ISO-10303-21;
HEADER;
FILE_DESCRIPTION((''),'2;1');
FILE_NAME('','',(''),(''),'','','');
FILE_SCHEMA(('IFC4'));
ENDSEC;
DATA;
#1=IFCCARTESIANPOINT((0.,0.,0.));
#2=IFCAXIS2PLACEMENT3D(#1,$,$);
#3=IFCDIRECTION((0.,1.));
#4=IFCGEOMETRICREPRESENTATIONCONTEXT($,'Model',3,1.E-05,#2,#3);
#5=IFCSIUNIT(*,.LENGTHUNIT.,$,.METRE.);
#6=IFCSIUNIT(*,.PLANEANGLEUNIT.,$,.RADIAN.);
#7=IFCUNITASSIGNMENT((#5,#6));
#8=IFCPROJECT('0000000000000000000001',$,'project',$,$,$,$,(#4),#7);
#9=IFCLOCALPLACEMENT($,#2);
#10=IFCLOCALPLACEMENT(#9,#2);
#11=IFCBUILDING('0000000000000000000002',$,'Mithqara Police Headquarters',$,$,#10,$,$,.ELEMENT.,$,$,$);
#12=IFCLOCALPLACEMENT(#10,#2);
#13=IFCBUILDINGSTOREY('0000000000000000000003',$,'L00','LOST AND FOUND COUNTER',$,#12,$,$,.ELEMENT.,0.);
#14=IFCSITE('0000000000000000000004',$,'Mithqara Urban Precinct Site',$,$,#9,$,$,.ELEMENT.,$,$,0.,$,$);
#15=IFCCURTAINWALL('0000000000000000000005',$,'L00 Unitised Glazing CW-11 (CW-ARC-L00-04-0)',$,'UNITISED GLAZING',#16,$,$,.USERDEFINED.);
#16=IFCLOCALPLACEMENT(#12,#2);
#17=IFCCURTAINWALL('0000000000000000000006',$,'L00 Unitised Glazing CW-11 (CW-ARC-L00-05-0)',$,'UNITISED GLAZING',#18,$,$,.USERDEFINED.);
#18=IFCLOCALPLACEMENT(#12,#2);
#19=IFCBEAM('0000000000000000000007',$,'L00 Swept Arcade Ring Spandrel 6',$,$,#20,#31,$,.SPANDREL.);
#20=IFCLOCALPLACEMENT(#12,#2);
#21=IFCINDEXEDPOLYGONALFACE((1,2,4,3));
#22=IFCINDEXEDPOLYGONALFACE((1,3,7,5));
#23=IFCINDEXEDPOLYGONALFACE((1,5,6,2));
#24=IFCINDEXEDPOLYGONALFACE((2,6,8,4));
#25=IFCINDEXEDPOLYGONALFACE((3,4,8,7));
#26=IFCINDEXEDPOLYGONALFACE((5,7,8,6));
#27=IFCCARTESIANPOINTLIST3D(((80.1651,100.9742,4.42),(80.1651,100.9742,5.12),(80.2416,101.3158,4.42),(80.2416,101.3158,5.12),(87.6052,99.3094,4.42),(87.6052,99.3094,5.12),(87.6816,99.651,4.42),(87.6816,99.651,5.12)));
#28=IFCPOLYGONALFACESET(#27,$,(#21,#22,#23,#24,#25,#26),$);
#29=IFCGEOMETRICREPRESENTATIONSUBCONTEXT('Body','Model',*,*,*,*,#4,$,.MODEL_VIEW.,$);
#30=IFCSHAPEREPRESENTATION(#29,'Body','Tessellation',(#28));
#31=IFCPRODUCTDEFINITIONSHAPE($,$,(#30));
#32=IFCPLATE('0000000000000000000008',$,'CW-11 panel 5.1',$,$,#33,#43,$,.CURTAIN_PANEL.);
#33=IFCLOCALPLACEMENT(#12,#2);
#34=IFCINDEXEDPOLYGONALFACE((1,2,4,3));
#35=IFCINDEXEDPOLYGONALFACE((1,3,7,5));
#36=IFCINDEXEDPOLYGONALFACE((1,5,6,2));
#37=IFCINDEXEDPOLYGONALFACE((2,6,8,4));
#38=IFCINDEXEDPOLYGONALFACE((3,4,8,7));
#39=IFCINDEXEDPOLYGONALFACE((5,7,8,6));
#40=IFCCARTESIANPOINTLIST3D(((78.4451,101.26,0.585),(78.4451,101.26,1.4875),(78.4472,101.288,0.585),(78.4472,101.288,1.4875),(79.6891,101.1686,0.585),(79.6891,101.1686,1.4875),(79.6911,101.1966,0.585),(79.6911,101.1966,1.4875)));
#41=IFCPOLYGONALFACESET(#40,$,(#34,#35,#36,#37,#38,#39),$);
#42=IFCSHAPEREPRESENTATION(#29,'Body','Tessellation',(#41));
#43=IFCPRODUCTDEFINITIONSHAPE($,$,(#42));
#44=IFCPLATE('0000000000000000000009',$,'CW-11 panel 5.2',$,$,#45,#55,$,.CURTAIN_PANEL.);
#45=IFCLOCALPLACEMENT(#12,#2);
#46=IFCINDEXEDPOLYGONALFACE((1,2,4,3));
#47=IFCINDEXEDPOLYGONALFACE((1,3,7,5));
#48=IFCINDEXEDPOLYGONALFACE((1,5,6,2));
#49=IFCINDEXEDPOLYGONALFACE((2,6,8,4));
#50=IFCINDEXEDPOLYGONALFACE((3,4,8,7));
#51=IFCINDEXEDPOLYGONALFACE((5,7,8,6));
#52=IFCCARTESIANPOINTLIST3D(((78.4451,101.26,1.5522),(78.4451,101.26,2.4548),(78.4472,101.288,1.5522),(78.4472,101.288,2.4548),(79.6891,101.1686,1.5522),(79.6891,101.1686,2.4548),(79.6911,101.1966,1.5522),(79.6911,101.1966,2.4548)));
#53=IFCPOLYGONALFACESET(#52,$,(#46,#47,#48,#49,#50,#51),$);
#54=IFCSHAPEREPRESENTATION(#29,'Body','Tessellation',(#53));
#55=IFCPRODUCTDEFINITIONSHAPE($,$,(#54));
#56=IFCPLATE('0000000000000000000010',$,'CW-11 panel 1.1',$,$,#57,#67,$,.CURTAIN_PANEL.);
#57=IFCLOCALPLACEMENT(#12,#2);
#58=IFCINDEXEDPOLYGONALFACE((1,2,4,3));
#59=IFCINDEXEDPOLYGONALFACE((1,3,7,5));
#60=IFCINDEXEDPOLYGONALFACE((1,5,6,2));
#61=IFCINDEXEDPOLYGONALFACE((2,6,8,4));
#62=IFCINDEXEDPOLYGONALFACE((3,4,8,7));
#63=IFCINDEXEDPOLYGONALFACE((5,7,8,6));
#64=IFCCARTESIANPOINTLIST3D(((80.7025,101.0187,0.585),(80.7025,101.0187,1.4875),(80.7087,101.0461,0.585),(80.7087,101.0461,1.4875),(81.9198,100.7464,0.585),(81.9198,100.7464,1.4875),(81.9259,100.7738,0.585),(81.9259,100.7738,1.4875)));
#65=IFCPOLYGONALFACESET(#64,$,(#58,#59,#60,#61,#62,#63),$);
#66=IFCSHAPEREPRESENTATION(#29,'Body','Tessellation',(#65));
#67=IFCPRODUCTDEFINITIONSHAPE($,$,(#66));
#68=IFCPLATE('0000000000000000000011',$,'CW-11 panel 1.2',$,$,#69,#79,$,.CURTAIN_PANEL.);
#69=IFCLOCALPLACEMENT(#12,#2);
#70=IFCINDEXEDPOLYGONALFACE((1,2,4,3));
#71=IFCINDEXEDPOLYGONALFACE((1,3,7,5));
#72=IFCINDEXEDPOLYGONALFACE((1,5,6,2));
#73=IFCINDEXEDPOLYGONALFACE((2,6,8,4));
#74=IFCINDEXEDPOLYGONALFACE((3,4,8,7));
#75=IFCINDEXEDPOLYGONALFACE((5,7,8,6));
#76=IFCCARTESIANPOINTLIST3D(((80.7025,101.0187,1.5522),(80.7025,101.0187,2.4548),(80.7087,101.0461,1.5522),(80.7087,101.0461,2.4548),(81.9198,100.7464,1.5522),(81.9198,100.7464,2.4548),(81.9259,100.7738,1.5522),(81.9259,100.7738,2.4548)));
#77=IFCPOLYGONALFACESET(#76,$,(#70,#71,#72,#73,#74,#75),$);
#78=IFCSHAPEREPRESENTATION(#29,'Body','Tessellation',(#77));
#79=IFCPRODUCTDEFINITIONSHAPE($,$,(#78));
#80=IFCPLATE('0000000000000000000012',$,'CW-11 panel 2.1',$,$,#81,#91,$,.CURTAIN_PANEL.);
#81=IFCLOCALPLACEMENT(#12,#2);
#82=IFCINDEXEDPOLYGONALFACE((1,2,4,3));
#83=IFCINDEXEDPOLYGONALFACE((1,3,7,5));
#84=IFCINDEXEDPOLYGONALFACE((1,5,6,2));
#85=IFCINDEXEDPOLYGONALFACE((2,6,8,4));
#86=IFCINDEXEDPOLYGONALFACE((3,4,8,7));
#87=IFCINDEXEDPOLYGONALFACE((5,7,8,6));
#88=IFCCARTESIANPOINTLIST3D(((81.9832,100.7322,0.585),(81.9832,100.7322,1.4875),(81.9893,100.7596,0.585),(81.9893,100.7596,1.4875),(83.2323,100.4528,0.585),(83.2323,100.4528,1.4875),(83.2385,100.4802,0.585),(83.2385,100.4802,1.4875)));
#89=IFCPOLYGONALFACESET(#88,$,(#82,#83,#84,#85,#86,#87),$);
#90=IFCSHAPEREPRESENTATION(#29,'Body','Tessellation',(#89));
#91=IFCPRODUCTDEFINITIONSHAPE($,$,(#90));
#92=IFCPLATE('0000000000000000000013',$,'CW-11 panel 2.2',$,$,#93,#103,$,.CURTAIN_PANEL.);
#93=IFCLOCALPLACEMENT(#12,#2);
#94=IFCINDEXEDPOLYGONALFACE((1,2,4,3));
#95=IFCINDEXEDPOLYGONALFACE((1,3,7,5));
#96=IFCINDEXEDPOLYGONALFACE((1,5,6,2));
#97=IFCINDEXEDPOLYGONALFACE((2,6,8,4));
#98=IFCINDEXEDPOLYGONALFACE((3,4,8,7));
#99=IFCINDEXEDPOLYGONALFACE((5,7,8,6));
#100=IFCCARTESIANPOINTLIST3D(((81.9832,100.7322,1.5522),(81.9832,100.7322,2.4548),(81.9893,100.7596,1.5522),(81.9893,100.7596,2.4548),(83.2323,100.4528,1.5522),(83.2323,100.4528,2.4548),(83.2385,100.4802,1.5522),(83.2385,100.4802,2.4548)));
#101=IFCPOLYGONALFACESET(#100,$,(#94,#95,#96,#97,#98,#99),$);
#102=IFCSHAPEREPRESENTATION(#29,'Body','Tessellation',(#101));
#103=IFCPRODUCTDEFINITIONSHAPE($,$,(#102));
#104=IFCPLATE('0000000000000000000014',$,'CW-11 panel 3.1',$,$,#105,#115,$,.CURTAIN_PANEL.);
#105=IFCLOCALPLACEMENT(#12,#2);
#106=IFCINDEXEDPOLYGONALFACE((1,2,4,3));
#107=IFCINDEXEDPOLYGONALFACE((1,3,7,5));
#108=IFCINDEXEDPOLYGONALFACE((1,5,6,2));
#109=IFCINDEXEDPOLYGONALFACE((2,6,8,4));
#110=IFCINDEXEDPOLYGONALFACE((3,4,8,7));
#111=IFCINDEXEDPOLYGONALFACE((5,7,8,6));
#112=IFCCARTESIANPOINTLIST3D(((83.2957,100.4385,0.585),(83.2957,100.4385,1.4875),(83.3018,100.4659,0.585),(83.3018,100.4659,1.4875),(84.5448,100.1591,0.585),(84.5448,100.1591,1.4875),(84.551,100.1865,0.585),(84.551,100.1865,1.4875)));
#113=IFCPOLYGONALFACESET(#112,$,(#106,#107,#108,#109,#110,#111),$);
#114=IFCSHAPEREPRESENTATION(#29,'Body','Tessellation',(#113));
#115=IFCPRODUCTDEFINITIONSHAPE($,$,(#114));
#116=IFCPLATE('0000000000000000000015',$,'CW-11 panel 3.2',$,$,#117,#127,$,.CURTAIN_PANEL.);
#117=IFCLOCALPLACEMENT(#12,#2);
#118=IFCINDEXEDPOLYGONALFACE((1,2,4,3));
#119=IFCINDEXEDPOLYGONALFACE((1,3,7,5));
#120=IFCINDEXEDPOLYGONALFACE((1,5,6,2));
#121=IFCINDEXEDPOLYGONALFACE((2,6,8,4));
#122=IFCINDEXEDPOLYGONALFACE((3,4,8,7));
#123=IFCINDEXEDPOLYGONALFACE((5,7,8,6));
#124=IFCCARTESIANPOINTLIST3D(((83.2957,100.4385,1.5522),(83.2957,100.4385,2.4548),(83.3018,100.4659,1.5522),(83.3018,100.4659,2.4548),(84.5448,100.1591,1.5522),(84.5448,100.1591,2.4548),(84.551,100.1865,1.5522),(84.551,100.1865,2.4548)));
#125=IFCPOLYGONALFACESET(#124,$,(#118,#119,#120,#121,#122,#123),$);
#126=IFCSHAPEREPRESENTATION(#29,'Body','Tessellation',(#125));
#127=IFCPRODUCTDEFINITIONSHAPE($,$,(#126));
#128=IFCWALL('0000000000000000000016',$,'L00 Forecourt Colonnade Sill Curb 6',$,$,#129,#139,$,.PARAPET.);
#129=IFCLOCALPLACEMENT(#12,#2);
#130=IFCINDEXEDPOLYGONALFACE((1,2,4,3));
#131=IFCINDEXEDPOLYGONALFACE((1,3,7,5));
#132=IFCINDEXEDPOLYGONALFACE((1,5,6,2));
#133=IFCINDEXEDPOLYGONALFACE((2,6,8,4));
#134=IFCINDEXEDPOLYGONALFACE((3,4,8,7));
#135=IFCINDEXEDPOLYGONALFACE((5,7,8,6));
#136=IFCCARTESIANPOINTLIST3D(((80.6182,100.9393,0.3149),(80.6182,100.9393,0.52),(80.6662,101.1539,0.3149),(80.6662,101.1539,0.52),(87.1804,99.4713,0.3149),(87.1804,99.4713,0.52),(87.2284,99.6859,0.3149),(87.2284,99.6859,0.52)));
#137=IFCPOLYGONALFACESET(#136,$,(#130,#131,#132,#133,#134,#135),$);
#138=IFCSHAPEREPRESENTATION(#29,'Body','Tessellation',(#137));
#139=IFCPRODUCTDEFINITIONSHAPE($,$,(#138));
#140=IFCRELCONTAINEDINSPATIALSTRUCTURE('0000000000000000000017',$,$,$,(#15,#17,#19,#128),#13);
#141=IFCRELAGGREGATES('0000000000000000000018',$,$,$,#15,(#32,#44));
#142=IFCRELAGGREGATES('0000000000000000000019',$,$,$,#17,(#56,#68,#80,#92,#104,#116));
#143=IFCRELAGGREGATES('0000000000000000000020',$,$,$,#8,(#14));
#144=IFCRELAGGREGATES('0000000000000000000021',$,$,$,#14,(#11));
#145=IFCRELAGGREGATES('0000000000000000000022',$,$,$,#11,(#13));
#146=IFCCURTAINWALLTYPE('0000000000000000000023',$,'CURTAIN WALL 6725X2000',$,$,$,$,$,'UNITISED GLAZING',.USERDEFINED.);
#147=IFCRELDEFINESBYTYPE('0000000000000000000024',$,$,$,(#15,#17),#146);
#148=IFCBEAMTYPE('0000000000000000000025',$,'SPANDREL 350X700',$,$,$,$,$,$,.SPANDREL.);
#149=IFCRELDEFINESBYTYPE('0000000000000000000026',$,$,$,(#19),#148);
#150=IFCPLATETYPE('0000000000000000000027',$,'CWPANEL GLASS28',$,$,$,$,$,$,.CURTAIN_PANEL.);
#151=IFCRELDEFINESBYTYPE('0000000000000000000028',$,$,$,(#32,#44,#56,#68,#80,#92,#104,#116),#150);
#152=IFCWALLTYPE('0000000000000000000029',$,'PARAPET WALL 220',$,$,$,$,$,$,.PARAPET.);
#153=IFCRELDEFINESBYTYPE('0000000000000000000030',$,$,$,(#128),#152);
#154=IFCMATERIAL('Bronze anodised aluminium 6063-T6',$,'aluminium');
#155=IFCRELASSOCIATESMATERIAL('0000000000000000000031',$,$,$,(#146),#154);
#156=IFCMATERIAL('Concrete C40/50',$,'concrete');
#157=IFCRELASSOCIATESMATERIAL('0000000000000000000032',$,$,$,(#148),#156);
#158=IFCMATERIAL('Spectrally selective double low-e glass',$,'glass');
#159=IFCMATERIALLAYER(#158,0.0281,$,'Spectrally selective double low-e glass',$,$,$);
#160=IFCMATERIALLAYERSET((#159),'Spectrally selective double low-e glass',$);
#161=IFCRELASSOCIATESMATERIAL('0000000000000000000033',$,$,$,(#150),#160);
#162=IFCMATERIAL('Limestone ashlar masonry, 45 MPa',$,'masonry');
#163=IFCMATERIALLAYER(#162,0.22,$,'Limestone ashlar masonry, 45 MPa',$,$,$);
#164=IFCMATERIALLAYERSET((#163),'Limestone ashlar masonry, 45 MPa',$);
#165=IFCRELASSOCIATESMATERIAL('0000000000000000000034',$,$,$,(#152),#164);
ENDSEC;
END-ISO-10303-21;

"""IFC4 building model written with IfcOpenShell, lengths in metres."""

from ifc_helpers import new_model, si_unit, direction, frame, frame_2d, origin, origin_2d, place, context, subcontext, project, spatial, rectangle, extrude, material, layer, layer_set, material_profile, profile_set, type_object, element, aggregate, save


model = new_model("IFC4")

# Units and contexts
model_context = context("Model", 3, precision=1e-05, world=origin(), true_north=direction((0.0, 1.0)))
body_context = subcontext(model_context, "Body", "Model", "MODEL_VIEW")
ifc_project = project(units=[si_unit("LENGTHUNIT", "METRE"), si_unit("PLANEANGLEUNIT", "RADIAN")], contexts=[model_context])

# Site, building, storey
site_placement = place(None, origin())
site = spatial("IfcSite", under=ifc_project, at=site_placement, Name="Mithqara Urban Precinct Site", CompositionType="ELEMENT", RefElevation=0.0)
building_placement = place(site_placement, origin())
building = spatial("IfcBuilding", under=site, at=building_placement, Name="Mithqara Police Headquarters", CompositionType="ELEMENT")
storey_placement = place(building_placement, origin())
storey = spatial("IfcBuildingStorey", under=building, at=storey_placement, Name="L00", Description="LOST AND FOUND COUNTER", CompositionType="ELEMENT", Elevation=0.0)

# Shared definitions
ifc_material_1 = material(Name="Concrete C40/50", Category="concrete")

# Curtain wall
ifc_material_2 = material(Name="Bronze anodised aluminium 6063-T6", Category="aluminium")
curtain_wall_type = type_object("IfcCurtainWallType", Name="CURTAIN WALL 6725X2000", ElementType="UNITISED GLAZING", PredefinedType="USERDEFINED", material=ifc_material_2)
curtain_wall_1_placement = place(storey_placement, origin())
curtain_wall_1 = element("IfcCurtainWall", 1, at=curtain_wall_1_placement, inside=storey, type_object=curtain_wall_type, Name="L00 Unitised Glazing CW-11 (CW-ARC-L00-04-0)", ObjectType="UNITISED GLAZING", PredefinedType="USERDEFINED")

# Curtain wall
curtain_wall_2_placement = place(storey_placement, origin())
curtain_wall_2 = element("IfcCurtainWall", 2, at=curtain_wall_2_placement, inside=storey, type_object=curtain_wall_type, Name="L00 Unitised Glazing CW-11 (CW-ARC-L00-05-0)", ObjectType="UNITISED GLAZING", PredefinedType="USERDEFINED")

# Beam
ifc_material_profile_1 = material_profile(ifc_material_1, rectangle(XDim=0.3501, YDim=0.7, at=origin_2d()), Name="SPB 350x700")
ifc_profile_set_1 = profile_set([ifc_material_profile_1], Name="Concrete C40/50")
beam_type_1 = type_object("IfcBeamType", Name="SPANDREL 350X700", PredefinedType="SPANDREL", material=ifc_profile_set_1)
beam_1_placement = place(storey_placement, frame((80.2034, 101.145, 4.77), z_axis=(0.975867, -0.218364, 0.0), x_axis=(0.218364, 0.975867, 0.0)))
element("IfcBeam", 3, at=beam_1_placement, inside=storey, type_object=beam_type_1, Name="L00 Swept Arcade Ring Spandrel 6", PredefinedType="SPANDREL", context=body_context, shape_type="SweptSolid", body=[
    extrude(rectangle(XDim=0.3501, YDim=0.7, at=origin_2d()), origin(), (0.0, 0.0, 1.0), 7.624),
])

# Plates
ifc_material_3 = material(Name="Spectrally selective double low-e glass", Category="glass")
ifc_layer_1 = layer(ifc_material_3, 0.0281, Name="Spectrally selective double low-e glass")
ifc_layer_set_1 = layer_set([ifc_layer_1], Name="Spectrally selective double low-e glass")
plate_type = type_object("IfcPlateType", Name="CWPANEL GLASS28", PredefinedType="CURTAIN_PANEL", material=ifc_layer_set_1)
plate_1_placement = place(storey_placement, frame((79.0681, 101.2283, 0.585), z_axis=(0.0, 0.0, 1.0), x_axis=(0.99731, -0.073298, 0.0)))
plate_1 = element("IfcPlate", 4, at=plate_1_placement, type_object=plate_type, Name="CW-11 panel 5.1", PredefinedType="CURTAIN_PANEL", context=body_context, shape_type="SweptSolid", body=[
    extrude(rectangle(XDim=1.2473, YDim=0.0281, at=origin_2d()), origin(), (0.0, 0.0, 1.0), 0.9026),
])
plate_2_placement = place(storey_placement, frame((79.0681, 101.2283, 1.5522), z_axis=(0.0, 0.0, 1.0), x_axis=(0.99731, -0.073298, 0.0)))
plate_2 = element("IfcPlate", 5, at=plate_2_placement, type_object=plate_type, Name="CW-11 panel 5.2", PredefinedType="CURTAIN_PANEL", context=body_context, shape_type="SweptSolid", body=[
    extrude(rectangle(XDim=1.2473, YDim=0.0281, at=origin_2d()), origin(), (0.0, 0.0, 1.0), 0.9026),
])
aggregate(curtain_wall_1, [plate_1, plate_2])
plate_3_placement = place(storey_placement, frame((81.3142, 100.8962, 0.585), z_axis=(0.0, 0.0, 1.0), x_axis=(0.975874, -0.218335, 0.0)))
plate_3 = element("IfcPlate", 6, at=plate_3_placement, type_object=plate_type, Name="CW-11 panel 1.1", PredefinedType="CURTAIN_PANEL", context=body_context, shape_type="SweptSolid", body=[
    extrude(rectangle(XDim=1.2473, YDim=0.0281, at=origin_2d()), origin(), (0.0, 0.0, 1.0), 0.9026),
])
plate_4_placement = place(storey_placement, frame((81.3142, 100.8962, 1.5522), z_axis=(0.0, 0.0, 1.0), x_axis=(0.975874, -0.218335, 0.0)))
plate_4 = element("IfcPlate", 7, at=plate_4_placement, type_object=plate_type, Name="CW-11 panel 1.2", PredefinedType="CURTAIN_PANEL", context=body_context, shape_type="SweptSolid", body=[
    extrude(rectangle(XDim=1.2473, YDim=0.0281, at=origin_2d()), origin(), (0.0, 0.0, 1.0), 0.9026),
])
plate_5_placement = place(storey_placement, frame((82.6108, 100.6062, 0.585), z_axis=(0.0, 0.0, 1.0), x_axis=(0.975874, -0.218335, 0.0)))
plate_5 = element("IfcPlate", 8, at=plate_5_placement, type_object=plate_type, Name="CW-11 panel 2.1", PredefinedType="CURTAIN_PANEL", context=body_context, shape_type="SweptSolid", body=[
    extrude(rectangle(XDim=1.28, YDim=0.0281, at=origin_2d()), origin(), (0.0, 0.0, 1.0), 0.9026),
])
plate_6_placement = place(storey_placement, frame((82.6108, 100.6062, 1.5522), z_axis=(0.0, 0.0, 1.0), x_axis=(0.975874, -0.218335, 0.0)))
plate_6 = element("IfcPlate", 9, at=plate_6_placement, type_object=plate_type, Name="CW-11 panel 2.2", PredefinedType="CURTAIN_PANEL", context=body_context, shape_type="SweptSolid", body=[
    extrude(rectangle(XDim=1.28, YDim=0.0281, at=origin_2d()), origin(), (0.0, 0.0, 1.0), 0.9026),
])
plate_7_placement = place(storey_placement, frame((83.9233, 100.3125, 0.585), z_axis=(0.0, 0.0, 1.0), x_axis=(0.975874, -0.218335, 0.0)))
plate_7 = element("IfcPlate", 10, at=plate_7_placement, type_object=plate_type, Name="CW-11 panel 3.1", PredefinedType="CURTAIN_PANEL", context=body_context, shape_type="SweptSolid", body=[
    extrude(rectangle(XDim=1.28, YDim=0.0281, at=origin_2d()), origin(), (0.0, 0.0, 1.0), 0.9026),
])
plate_8_placement = place(storey_placement, frame((83.9233, 100.3125, 1.5522), z_axis=(0.0, 0.0, 1.0), x_axis=(0.975874, -0.218335, 0.0)))
plate_8 = element("IfcPlate", 11, at=plate_8_placement, type_object=plate_type, Name="CW-11 panel 3.2", PredefinedType="CURTAIN_PANEL", context=body_context, shape_type="SweptSolid", body=[
    extrude(rectangle(XDim=1.28, YDim=0.0281, at=origin_2d()), origin(), (0.0, 0.0, 1.0), 0.9026),
])
aggregate(curtain_wall_2, [plate_3, plate_4, plate_5, plate_6, plate_7, plate_8])

# Wall
ifc_material_4 = material(Name="Limestone ashlar masonry, 45 MPa", Category="masonry")
ifc_layer_2 = layer(ifc_material_4, 0.22, Name="Limestone ashlar masonry, 45 MPa")
ifc_layer_set_2 = layer_set([ifc_layer_2], Name="Limestone ashlar masonry, 45 MPa")
wall_type = type_object("IfcWallType", Name="PARAPET WALL 220", PredefinedType="PARAPET", material=ifc_layer_set_2)
wall_placement = place(storey_placement, frame((80.6421, 101.0466, 0.3149), z_axis=(0.0, 0.0, 1.0), x_axis=(0.975879, -0.21831, 0.0)))
element("IfcWall", 12, at=wall_placement, inside=storey, type_object=wall_type, Name="L00 Forecourt Colonnade Sill Curb 6", PredefinedType="PARAPET", context=body_context, shape_type="SweptSolid", body=[
    extrude(rectangle(XDim=6.7244, YDim=0.22, at=frame_2d((3.3623, 0.0))), origin(), (0.0, 0.0, 1.0), 0.2051),
])

save(model, "model.ifc")
